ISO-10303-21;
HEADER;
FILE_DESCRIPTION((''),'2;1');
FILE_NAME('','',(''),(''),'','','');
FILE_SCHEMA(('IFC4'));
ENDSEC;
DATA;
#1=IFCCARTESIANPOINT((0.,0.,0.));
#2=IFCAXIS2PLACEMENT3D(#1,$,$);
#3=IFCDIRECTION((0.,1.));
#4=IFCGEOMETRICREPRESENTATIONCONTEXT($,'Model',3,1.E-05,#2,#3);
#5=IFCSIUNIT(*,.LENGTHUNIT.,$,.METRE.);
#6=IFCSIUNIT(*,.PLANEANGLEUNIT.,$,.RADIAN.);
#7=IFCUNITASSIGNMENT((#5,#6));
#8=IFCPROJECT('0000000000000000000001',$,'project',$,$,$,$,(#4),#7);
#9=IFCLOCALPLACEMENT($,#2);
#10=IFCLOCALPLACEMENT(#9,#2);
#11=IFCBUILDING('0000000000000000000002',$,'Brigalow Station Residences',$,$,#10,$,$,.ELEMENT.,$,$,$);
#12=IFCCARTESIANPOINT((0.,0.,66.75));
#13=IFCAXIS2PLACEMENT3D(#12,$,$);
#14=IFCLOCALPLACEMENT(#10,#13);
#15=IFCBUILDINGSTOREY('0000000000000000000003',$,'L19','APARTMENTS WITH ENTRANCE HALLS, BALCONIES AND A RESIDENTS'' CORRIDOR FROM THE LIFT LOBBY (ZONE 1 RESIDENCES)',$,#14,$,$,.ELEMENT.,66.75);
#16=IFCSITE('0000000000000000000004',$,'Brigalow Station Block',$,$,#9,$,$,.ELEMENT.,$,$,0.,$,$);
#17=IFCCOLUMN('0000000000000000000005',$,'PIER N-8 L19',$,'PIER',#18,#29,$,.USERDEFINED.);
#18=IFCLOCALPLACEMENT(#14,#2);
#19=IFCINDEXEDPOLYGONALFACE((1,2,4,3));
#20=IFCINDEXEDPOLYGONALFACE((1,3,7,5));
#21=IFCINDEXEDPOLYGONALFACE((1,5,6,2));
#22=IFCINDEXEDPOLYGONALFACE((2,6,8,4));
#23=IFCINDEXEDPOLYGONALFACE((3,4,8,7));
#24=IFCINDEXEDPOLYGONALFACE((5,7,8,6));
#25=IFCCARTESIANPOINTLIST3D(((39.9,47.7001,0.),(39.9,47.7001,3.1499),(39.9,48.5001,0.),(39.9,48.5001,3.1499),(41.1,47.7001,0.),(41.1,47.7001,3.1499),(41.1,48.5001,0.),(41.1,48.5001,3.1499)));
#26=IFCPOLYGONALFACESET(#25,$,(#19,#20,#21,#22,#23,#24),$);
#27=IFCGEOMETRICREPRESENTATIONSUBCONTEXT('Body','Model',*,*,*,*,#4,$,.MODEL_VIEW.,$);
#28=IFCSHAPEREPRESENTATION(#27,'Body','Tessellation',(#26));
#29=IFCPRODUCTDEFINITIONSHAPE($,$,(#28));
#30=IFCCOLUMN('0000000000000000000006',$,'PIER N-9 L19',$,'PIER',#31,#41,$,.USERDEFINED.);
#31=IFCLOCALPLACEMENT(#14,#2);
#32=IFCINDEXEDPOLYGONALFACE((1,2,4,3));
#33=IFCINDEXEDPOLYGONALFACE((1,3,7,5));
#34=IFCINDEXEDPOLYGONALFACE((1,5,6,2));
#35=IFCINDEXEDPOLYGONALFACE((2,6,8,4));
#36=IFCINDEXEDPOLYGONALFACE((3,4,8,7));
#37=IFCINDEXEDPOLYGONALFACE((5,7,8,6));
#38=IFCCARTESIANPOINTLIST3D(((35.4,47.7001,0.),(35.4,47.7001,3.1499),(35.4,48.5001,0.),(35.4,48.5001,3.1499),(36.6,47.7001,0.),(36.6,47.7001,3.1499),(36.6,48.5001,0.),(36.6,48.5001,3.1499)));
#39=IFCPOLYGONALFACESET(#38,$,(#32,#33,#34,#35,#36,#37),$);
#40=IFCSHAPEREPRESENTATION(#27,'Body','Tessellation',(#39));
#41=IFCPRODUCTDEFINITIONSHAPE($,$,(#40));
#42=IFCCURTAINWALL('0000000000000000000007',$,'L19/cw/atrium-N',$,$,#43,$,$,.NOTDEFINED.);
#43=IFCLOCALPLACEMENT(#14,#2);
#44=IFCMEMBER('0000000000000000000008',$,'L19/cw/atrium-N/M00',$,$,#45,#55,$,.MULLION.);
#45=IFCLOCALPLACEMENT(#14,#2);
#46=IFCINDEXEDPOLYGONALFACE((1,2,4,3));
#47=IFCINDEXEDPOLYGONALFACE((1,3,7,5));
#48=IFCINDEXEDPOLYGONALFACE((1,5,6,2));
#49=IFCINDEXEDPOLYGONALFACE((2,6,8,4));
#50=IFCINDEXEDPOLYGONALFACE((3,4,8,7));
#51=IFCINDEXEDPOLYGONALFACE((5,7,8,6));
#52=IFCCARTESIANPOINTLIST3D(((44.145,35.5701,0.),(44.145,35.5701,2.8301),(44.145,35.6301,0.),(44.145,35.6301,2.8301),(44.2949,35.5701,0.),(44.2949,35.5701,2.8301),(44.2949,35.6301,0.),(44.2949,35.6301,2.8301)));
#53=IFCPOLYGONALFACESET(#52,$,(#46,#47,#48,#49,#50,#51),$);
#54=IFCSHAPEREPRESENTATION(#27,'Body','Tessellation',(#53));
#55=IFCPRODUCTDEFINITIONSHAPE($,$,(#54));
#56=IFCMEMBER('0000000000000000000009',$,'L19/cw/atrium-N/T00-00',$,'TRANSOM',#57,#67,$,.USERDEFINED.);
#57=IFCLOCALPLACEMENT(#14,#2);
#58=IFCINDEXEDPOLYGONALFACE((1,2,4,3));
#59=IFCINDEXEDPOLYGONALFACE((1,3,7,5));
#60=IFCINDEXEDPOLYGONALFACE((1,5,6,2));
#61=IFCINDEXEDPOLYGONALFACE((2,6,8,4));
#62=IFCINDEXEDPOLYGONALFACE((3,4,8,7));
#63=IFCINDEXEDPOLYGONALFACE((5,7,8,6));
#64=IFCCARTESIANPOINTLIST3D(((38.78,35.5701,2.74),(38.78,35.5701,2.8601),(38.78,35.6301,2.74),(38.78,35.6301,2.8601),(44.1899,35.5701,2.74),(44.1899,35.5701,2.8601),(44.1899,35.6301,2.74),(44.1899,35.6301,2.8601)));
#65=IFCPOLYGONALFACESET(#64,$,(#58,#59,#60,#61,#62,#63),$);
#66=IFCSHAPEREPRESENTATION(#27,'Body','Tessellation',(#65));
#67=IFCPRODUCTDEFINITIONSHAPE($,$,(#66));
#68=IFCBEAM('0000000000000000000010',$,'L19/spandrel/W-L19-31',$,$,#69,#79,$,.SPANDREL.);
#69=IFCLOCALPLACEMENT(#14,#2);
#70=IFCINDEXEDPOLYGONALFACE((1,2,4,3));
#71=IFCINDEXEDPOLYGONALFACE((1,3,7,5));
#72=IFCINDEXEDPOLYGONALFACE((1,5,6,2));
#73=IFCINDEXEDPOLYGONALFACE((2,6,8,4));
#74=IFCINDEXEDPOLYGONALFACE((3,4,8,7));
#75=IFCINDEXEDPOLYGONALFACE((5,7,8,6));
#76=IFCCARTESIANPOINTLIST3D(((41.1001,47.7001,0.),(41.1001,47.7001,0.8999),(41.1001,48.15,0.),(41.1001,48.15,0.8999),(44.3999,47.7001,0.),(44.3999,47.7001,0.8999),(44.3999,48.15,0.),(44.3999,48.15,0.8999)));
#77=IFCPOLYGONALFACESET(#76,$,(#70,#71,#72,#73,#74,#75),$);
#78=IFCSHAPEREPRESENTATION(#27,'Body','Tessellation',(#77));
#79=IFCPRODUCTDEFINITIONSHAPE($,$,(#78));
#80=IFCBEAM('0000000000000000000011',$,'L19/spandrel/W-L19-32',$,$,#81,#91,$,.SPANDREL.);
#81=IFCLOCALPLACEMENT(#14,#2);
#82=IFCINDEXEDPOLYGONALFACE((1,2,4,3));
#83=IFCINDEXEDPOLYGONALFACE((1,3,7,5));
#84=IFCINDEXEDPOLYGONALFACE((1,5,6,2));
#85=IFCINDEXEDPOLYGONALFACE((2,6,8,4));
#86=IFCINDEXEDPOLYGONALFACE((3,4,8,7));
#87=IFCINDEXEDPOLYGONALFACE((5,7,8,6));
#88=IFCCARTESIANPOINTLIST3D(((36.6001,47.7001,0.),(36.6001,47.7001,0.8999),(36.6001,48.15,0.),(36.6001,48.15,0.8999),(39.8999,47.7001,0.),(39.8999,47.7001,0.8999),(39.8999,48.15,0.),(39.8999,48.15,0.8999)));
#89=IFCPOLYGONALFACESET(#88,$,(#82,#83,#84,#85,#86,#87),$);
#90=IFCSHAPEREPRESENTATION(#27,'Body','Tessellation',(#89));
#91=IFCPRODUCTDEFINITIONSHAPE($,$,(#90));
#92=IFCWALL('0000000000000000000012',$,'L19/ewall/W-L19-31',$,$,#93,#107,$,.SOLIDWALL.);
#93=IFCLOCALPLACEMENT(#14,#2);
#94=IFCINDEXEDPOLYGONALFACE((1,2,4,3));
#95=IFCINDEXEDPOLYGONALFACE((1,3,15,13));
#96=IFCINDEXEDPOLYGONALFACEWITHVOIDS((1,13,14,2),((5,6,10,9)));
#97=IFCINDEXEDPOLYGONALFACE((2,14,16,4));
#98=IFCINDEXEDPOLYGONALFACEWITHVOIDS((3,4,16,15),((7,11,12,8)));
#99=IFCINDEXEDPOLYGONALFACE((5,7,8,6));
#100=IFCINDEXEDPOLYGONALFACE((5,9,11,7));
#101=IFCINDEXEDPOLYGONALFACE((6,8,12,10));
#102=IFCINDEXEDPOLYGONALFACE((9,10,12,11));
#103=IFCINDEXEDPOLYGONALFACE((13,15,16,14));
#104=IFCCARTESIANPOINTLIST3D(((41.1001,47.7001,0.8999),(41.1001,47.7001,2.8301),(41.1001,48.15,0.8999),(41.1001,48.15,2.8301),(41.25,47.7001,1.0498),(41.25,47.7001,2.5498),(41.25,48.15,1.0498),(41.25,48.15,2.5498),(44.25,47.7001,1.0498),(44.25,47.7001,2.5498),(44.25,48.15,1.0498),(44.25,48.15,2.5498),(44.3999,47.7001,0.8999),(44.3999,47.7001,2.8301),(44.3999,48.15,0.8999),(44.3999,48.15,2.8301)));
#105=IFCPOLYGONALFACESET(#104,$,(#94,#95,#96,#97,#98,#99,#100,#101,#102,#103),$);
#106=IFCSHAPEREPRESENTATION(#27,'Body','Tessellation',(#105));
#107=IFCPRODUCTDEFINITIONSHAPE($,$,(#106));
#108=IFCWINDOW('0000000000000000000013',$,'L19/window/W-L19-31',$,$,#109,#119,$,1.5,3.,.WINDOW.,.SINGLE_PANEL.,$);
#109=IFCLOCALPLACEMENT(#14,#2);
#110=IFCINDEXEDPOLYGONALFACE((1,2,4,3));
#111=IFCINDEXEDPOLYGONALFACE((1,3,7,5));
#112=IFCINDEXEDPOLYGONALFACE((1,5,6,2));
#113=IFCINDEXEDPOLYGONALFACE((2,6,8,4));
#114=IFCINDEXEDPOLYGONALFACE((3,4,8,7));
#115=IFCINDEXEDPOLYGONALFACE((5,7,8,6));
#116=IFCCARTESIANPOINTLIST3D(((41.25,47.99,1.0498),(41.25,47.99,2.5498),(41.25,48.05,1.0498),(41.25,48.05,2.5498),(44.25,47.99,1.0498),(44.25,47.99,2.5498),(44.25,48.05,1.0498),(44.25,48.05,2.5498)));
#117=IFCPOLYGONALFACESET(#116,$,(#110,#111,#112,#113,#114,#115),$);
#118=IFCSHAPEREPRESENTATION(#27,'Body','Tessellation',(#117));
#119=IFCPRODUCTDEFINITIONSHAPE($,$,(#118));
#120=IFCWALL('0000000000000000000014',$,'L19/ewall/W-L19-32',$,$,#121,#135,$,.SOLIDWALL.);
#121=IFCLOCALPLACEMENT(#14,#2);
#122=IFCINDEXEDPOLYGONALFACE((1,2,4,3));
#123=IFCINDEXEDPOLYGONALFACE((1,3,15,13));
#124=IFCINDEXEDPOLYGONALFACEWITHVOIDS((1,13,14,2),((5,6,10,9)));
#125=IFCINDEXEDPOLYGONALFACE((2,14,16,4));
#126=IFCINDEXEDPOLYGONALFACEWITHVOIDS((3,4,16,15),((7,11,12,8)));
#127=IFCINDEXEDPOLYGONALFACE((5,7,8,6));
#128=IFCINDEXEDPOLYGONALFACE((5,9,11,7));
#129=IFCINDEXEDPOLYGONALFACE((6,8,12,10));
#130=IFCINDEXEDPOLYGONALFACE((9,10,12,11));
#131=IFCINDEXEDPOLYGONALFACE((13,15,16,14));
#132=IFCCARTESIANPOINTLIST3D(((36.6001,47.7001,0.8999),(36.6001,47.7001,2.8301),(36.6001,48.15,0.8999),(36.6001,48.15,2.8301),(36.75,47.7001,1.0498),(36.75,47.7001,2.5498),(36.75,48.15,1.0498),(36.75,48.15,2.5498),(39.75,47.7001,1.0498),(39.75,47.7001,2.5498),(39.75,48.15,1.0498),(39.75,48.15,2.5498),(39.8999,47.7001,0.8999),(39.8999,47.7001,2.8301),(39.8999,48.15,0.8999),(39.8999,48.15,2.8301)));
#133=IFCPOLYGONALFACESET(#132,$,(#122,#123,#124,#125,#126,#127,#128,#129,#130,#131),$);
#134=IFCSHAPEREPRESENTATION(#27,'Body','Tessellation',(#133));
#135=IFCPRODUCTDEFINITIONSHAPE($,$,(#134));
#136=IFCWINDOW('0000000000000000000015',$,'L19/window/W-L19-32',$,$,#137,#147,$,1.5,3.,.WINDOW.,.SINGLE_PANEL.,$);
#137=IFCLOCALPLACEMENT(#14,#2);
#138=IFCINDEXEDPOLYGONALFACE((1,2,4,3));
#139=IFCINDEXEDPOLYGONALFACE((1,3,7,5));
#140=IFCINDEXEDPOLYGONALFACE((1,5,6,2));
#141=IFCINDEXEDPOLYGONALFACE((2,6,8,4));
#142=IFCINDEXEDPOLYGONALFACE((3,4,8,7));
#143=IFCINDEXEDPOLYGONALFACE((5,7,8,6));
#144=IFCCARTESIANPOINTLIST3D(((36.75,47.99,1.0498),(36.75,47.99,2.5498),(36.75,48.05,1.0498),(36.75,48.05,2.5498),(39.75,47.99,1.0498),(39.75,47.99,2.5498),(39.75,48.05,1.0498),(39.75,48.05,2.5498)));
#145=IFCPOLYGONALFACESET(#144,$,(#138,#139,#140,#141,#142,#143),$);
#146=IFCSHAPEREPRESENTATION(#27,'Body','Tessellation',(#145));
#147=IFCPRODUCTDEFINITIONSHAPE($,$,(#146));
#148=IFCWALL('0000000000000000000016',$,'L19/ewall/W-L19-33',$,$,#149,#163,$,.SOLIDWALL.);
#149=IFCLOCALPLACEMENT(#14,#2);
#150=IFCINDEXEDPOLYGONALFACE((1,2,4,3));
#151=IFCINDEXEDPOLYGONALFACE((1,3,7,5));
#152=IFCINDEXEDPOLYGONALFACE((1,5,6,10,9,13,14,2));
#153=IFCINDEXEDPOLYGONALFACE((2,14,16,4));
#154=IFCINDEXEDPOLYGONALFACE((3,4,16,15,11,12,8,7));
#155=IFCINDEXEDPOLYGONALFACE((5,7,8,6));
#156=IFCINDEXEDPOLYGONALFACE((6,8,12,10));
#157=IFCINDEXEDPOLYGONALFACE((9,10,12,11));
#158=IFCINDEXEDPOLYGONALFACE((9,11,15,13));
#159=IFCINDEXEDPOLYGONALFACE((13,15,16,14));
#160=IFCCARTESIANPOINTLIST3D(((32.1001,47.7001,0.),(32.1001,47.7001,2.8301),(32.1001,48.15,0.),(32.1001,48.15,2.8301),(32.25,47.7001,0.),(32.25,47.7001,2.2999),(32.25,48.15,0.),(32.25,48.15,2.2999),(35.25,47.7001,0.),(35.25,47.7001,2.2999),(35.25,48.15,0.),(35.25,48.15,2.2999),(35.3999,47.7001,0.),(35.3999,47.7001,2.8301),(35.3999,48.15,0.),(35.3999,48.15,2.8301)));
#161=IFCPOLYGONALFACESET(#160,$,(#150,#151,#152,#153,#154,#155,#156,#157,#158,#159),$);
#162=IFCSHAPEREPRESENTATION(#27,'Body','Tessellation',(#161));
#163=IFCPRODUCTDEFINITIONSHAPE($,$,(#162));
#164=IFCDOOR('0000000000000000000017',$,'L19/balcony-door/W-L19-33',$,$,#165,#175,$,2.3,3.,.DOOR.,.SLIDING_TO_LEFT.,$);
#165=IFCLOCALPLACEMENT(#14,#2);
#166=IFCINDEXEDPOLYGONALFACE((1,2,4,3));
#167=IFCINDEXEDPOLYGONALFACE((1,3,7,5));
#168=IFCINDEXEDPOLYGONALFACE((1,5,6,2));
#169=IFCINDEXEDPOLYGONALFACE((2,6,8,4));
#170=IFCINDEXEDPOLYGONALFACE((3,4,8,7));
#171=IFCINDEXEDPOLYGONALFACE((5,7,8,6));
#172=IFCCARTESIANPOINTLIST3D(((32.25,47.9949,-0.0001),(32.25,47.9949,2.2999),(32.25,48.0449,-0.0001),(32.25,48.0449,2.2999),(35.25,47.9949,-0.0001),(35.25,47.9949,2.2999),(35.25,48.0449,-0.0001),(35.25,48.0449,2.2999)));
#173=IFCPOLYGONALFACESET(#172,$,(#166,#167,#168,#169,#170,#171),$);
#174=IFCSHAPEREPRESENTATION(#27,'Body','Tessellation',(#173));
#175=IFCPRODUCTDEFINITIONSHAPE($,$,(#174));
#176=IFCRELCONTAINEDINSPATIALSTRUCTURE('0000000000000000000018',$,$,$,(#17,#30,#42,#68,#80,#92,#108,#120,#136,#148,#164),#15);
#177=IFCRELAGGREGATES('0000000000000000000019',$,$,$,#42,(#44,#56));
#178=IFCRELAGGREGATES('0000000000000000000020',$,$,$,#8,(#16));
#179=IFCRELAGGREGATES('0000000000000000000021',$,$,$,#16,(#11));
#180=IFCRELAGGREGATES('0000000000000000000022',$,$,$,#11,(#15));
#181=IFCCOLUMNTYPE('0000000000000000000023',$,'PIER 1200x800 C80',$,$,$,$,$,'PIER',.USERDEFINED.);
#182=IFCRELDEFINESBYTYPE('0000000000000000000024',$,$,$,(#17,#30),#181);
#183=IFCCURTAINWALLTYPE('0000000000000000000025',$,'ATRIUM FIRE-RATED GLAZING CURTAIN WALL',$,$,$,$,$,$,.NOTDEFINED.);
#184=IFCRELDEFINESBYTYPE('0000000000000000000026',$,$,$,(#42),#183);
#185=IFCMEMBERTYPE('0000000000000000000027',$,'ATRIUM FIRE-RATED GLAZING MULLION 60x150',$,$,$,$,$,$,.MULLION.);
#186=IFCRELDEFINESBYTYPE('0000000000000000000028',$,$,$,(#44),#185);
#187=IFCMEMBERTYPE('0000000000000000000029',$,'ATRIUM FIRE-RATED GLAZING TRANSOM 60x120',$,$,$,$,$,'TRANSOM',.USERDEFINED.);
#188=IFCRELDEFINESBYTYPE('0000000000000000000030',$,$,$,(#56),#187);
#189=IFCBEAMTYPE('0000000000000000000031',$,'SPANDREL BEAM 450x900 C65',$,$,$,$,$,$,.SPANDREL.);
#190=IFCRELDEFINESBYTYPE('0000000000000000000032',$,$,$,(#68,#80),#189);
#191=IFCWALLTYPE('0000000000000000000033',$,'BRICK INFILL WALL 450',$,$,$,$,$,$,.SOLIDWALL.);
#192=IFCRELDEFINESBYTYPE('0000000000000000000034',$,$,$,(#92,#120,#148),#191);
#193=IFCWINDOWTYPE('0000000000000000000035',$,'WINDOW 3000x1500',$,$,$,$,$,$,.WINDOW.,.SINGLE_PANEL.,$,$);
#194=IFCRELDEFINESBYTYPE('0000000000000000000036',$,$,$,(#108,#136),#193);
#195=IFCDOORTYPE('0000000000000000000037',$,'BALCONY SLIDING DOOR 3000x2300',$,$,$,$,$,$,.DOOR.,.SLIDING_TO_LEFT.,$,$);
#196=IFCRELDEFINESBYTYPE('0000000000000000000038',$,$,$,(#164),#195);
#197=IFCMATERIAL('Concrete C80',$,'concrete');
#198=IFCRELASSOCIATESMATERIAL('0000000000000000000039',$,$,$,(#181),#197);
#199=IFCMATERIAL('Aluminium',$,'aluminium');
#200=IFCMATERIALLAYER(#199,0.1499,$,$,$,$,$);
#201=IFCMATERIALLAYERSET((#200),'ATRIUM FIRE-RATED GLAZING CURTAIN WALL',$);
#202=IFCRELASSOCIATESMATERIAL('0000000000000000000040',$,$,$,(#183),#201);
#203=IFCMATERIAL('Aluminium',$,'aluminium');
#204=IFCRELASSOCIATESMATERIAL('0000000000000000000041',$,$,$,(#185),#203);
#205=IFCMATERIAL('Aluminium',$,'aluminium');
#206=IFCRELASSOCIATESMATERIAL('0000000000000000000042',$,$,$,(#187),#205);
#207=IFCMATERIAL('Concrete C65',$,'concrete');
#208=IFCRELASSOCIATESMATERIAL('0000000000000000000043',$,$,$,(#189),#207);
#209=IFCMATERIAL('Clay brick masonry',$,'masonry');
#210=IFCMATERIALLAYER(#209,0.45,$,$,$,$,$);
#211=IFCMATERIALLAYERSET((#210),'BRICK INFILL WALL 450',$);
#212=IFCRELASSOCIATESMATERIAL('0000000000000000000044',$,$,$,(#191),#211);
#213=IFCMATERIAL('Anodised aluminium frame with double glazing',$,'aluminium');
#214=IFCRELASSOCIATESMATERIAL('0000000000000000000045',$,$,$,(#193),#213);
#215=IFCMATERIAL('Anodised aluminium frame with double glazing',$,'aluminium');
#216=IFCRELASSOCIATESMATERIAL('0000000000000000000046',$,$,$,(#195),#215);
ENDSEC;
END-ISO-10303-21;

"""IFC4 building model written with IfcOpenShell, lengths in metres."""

from ifc_helpers import new_model, si_unit, direction, frame, frame_2d, origin, origin_2d, place, context, subcontext, project, spatial, rectangle, extrude, material, layer, layer_set, material_profile, profile_set, type_object, element, fill, aggregate, save


model = new_model("IFC4")

# Units and contexts
model_context = context("Model", 3, precision=1e-05, world=origin(), true_north=direction((0.0, 1.0)))
body_context = subcontext(model_context, "Body", "Model", "MODEL_VIEW")
ifc_project = project(units=[si_unit("LENGTHUNIT", "METRE"), si_unit("PLANEANGLEUNIT", "RADIAN")], contexts=[model_context])

# Site, building, storey
site_placement = place(None, origin())
site = spatial("IfcSite", under=ifc_project, at=site_placement, Name="Brigalow Station Block", CompositionType="ELEMENT", RefElevation=0.0)
building_placement = place(site_placement, origin())
building = spatial("IfcBuilding", under=site, at=building_placement, Name="Brigalow Station Residences", CompositionType="ELEMENT")
storey_placement = place(building_placement, frame((0.0, 0.0, 66.75)))
storey = spatial("IfcBuildingStorey", under=building, at=storey_placement, Name="L19", Description="APARTMENTS WITH ENTRANCE HALLS, BALCONIES AND A RESIDENTS' CORRIDOR FROM THE LIFT LOBBY (ZONE 1 RESIDENCES)", CompositionType="ELEMENT", Elevation=66.75)

# Columns
ifc_material_1 = material(Name="Concrete C80", Category="concrete")
ifc_material_profile_1 = material_profile(ifc_material_1, rectangle(XDim=1.2, YDim=0.8, at=origin_2d()), Name="RC1200x800")
ifc_profile_set_1 = profile_set([ifc_material_profile_1], Name="Concrete C80")
column_type = type_object("IfcColumnType", Name="PIER 1200x800 C80", ElementType="PIER", PredefinedType="USERDEFINED", material=ifc_profile_set_1)
for number, where, z_axis, x_axis, name in (
    (1, (40.5, 48.1001, 0.0), (0.0, 0.0, 1.0), (-1.0, 0.0, 0.0), "PIER N-8 L19"),
    (2, (36.0, 48.1001, 0.0), (0.0, 0.0, 1.0), (-1.0, 0.0, 0.0), "PIER N-9 L19"),
):
    element("IfcColumn", number, at=place(storey_placement, frame(where, z_axis=z_axis, x_axis=x_axis)), inside=storey, type_object=column_type, Name=name, ObjectType="PIER", PredefinedType="USERDEFINED", context=body_context, shape_type="SweptSolid", body=[
        extrude(rectangle(XDim=1.2, YDim=0.8, at=origin_2d()), origin(), (0.0, 0.0, 1.0), 3.1499),
    ])

# Curtain wall, members
ifc_material_2 = material(Name="Aluminium", Category="aluminium")
ifc_layer_1 = layer(ifc_material_2, 0.1499)
ifc_layer_set_1 = layer_set([ifc_layer_1], Name="ATRIUM FIRE-RATED GLAZING CURTAIN WALL")
curtain_wall_type = type_object("IfcCurtainWallType", Name="ATRIUM FIRE-RATED GLAZING CURTAIN WALL", PredefinedType="NOTDEFINED", material=ifc_layer_set_1)
curtain_wall_placement = place(storey_placement, origin())
curtain_wall = element("IfcCurtainWall", 3, at=curtain_wall_placement, inside=storey, type_object=curtain_wall_type, Name="L19/cw/atrium-N", PredefinedType="NOTDEFINED")
ifc_material_3 = material(Name="Aluminium", Category="aluminium")
ifc_material_profile_2 = material_profile(ifc_material_3, rectangle(XDim=0.0601, YDim=0.1499, at=origin_2d()), Name="ATRIUM FIRE-RATED GLAZING MULLION 60x150")
ifc_profile_set_2 = profile_set([ifc_material_profile_2], Name="Aluminium")
member_type_1 = type_object("IfcMemberType", Name="ATRIUM FIRE-RATED GLAZING MULLION 60x150", PredefinedType="MULLION", material=ifc_profile_set_2)
member_1_placement = place(storey_placement, frame((44.22, 35.6001, 0.0), z_axis=(0.0, 0.0, 1.0), x_axis=(0.0, -1.0, 0.0)))
member_1 = element("IfcMember", 4, at=member_1_placement, type_object=member_type_1, Name="L19/cw/atrium-N/M00", PredefinedType="MULLION", context=body_context, shape_type="SweptSolid", body=[
    extrude(rectangle(XDim=0.0601, YDim=0.1499, at=origin_2d()), origin(), (0.0, 0.0, 1.0), 2.8301),
])
ifc_material_4 = material(Name="Aluminium", Category="aluminium")
ifc_material_profile_3 = material_profile(ifc_material_4, rectangle(XDim=0.0601, YDim=0.1201, at=origin_2d()), Name="ATRIUM FIRE-RATED GLAZING TRANSOM 60x120")
ifc_profile_set_3 = profile_set([ifc_material_profile_3], Name="Aluminium")
member_type_2 = type_object("IfcMemberType", Name="ATRIUM FIRE-RATED GLAZING TRANSOM 60x120", ElementType="TRANSOM", PredefinedType="USERDEFINED", material=ifc_profile_set_3)
member_2_placement = place(storey_placement, frame((44.1899, 35.6001, 2.8), z_axis=(-1.0, 0.0, 0.0), x_axis=(0.0, -1.0, 0.0)))
member_2 = element("IfcMember", 5, at=member_2_placement, type_object=member_type_2, Name="L19/cw/atrium-N/T00-00", ObjectType="TRANSOM", PredefinedType="USERDEFINED", context=body_context, shape_type="SweptSolid", body=[
    extrude(rectangle(XDim=0.0601, YDim=0.1201, at=origin_2d()), origin(), (0.0, 0.0, 1.0), 5.4099),
])
aggregate(curtain_wall, [member_1, member_2])

# Beams
ifc_material_5 = material(Name="Concrete C65", Category="concrete")
ifc_material_profile_4 = material_profile(ifc_material_5, rectangle(XDim=0.45, YDim=0.8999, at=origin_2d()), Name="RC450x900")
ifc_profile_set_4 = profile_set([ifc_material_profile_4], Name="Concrete C65")
beam_type = type_object("IfcBeamType", Name="SPANDREL BEAM 450x900 C65", PredefinedType="SPANDREL", material=ifc_profile_set_4)
for number, where, z_axis, x_axis, name in (
    (6, (44.3999, 47.925, 0.45), (-1.0, 0.0, 0.0), (0.0, -1.0, 0.0), "L19/spandrel/W-L19-31"),
    (7, (39.8999, 47.925, 0.45), (-1.0, 0.0, 0.0), (0.0, -1.0, 0.0), "L19/spandrel/W-L19-32"),
):
    element("IfcBeam", number, at=place(storey_placement, frame(where, z_axis=z_axis, x_axis=x_axis)), inside=storey, type_object=beam_type, Name=name, PredefinedType="SPANDREL", context=body_context, shape_type="SweptSolid", body=[
        extrude(rectangle(XDim=0.45, YDim=0.8999, at=origin_2d()), origin(), (0.0, 0.0, 1.0), 3.2998),
    ])

# Walls, openings, windows
ifc_material_6 = material(Name="Clay brick masonry", Category="masonry")
ifc_layer_2 = layer(ifc_material_6, 0.45)
ifc_layer_set_2 = layer_set([ifc_layer_2], Name="BRICK INFILL WALL 450")
wall_type_1 = type_object("IfcWallType", Name="BRICK INFILL WALL 450", PredefinedType="SOLIDWALL", material=ifc_layer_set_2)
wall_1_placement = place(storey_placement, frame((44.3999, 47.925, 0.8999), z_axis=(0.0, 0.0, 1.0), x_axis=(-1.0, 0.0, 0.0)))
wall_1 = element("IfcWall", 8, at=wall_1_placement, inside=storey, type_object=wall_type_1, Name="L19/ewall/W-L19-31", PredefinedType="SOLIDWALL", context=body_context, shape_type="SweptSolid", body=[
    extrude(rectangle(XDim=3.2998, YDim=0.45, at=frame_2d((1.6499, 0.0))), origin(), (0.0, 0.0, 1.0), 1.9302),
])
opening_1_placement = place(wall_1_placement, frame((0.1499, 0.0, 0.1499)))
opening_1 = element("IfcOpeningElement", 9, at=opening_1_placement, cuts=wall_1, PredefinedType="OPENING", context=body_context, shape_type="SweptSolid", body=[
    extrude(rectangle(XDim=3.0, YDim=1.5, at=frame_2d((1.5, 0.75))), frame((0.0, 0.2349, 0.0), z_axis=(0.0, -1.0, 0.0), x_axis=(1.0, 0.0, 0.0)), (0.0, 0.0, 1.0), 0.47),
])
ifc_material_7 = material(Name="Anodised aluminium frame with double glazing", Category="aluminium")
window_type = type_object("IfcWindowType", Name="WINDOW 3000x1500", PartitioningType="SINGLE_PANEL", PredefinedType="WINDOW", material=ifc_material_7)
window_1_placement = place(opening_1_placement, origin())
window_1 = element("IfcWindow", 10, at=window_1_placement, inside=storey, type_object=window_type, Name="L19/window/W-L19-31", OverallHeight=1.5, OverallWidth=3.0, PartitioningType="SINGLE_PANEL", PredefinedType="WINDOW", context=body_context, shape_type="SweptSolid", body=[
    extrude(rectangle(XDim=3.0, YDim=1.5, at=frame_2d((1.5, 0.75))), frame((0.0, -0.0649, 0.0), z_axis=(0.0, -1.0, 0.0), x_axis=(1.0, 0.0, 0.0)), (0.0, 0.0, 1.0), 0.0601),
])
fill(opening_1, window_1)
wall_2_placement = place(storey_placement, frame((39.8999, 47.925, 0.8999), z_axis=(0.0, 0.0, 1.0), x_axis=(-1.0, 0.0, 0.0)))
wall_2 = element("IfcWall", 11, at=wall_2_placement, inside=storey, type_object=wall_type_1, Name="L19/ewall/W-L19-32", PredefinedType="SOLIDWALL", context=body_context, shape_type="SweptSolid", body=[
    extrude(rectangle(XDim=3.2998, YDim=0.45, at=frame_2d((1.6499, 0.0))), origin(), (0.0, 0.0, 1.0), 1.9302),
])
opening_2_placement = place(wall_2_placement, frame((0.1499, 0.0, 0.1499)))
opening_2 = element("IfcOpeningElement", 12, at=opening_2_placement, cuts=wall_2, PredefinedType="OPENING", context=body_context, shape_type="SweptSolid", body=[
    extrude(rectangle(XDim=3.0, YDim=1.5, at=frame_2d((1.5, 0.75))), frame((0.0, 0.2349, 0.0), z_axis=(0.0, -1.0, 0.0), x_axis=(1.0, 0.0, 0.0)), (0.0, 0.0, 1.0), 0.47),
])
window_2_placement = place(opening_2_placement, origin())
window_2 = element("IfcWindow", 13, at=window_2_placement, inside=storey, type_object=window_type, Name="L19/window/W-L19-32", OverallHeight=1.5, OverallWidth=3.0, PartitioningType="SINGLE_PANEL", PredefinedType="WINDOW", context=body_context, shape_type="SweptSolid", body=[
    extrude(rectangle(XDim=3.0, YDim=1.5, at=frame_2d((1.5, 0.75))), frame((0.0, -0.0649, 0.0), z_axis=(0.0, -1.0, 0.0), x_axis=(1.0, 0.0, 0.0)), (0.0, 0.0, 1.0), 0.0601),
])
fill(opening_2, window_2)

# Wall, opening, door
wall_3_placement = place(storey_placement, frame((35.3999, 47.925, 0.0), z_axis=(0.0, 0.0, 1.0), x_axis=(-1.0, 0.0, 0.0)))
wall_3 = element("IfcWall", 14, at=wall_3_placement, inside=storey, type_object=wall_type_1, Name="L19/ewall/W-L19-33", PredefinedType="SOLIDWALL", context=body_context, shape_type="SweptSolid", body=[
    extrude(rectangle(XDim=3.2998, YDim=0.45, at=frame_2d((1.6499, 0.0))), origin(), (0.0, 0.0, 1.0), 2.8301),
])
opening_3_placement = place(wall_3_placement, frame((0.1499, 0.0, 0.0)))
opening_3 = element("IfcOpeningElement", 15, at=opening_3_placement, cuts=wall_3, PredefinedType="OPENING", context=body_context, shape_type="SweptSolid", body=[
    extrude(rectangle(XDim=3.0, YDim=2.3, at=frame_2d((1.5, 1.1499))), frame((0.0, 0.2349, 0.0), z_axis=(0.0, -1.0, 0.0), x_axis=(1.0, 0.0, 0.0)), (0.0, 0.0, 1.0), 0.47),
])
ifc_material_8 = material(Name="Anodised aluminium frame with double glazing", Category="aluminium")
door_type_1 = type_object("IfcDoorType", Name="BALCONY SLIDING DOOR 3000x2300", OperationType="SLIDING_TO_LEFT", PredefinedType="DOOR", material=ifc_material_8)
door_1_placement = place(opening_3_placement, origin())
door_1 = element("IfcDoor", 16, at=door_1_placement, inside=storey, type_object=door_type_1, Name="L19/balcony-door/W-L19-33", OperationType="SLIDING_TO_LEFT", OverallHeight=2.3, OverallWidth=3.0, PredefinedType="DOOR", context=body_context, shape_type="SweptSolid", body=[
    extrude(rectangle(XDim=3.0, YDim=2.3, at=frame_2d((1.5, 1.1499))), frame((0.0, -0.0698, 0.0), z_axis=(0.0, -1.0, 0.0), x_axis=(1.0, 0.0, 0.0)), (0.0, 0.0, 1.0), 0.05),
])
fill(opening_3, door_1)

save(model, "model.ifc")
